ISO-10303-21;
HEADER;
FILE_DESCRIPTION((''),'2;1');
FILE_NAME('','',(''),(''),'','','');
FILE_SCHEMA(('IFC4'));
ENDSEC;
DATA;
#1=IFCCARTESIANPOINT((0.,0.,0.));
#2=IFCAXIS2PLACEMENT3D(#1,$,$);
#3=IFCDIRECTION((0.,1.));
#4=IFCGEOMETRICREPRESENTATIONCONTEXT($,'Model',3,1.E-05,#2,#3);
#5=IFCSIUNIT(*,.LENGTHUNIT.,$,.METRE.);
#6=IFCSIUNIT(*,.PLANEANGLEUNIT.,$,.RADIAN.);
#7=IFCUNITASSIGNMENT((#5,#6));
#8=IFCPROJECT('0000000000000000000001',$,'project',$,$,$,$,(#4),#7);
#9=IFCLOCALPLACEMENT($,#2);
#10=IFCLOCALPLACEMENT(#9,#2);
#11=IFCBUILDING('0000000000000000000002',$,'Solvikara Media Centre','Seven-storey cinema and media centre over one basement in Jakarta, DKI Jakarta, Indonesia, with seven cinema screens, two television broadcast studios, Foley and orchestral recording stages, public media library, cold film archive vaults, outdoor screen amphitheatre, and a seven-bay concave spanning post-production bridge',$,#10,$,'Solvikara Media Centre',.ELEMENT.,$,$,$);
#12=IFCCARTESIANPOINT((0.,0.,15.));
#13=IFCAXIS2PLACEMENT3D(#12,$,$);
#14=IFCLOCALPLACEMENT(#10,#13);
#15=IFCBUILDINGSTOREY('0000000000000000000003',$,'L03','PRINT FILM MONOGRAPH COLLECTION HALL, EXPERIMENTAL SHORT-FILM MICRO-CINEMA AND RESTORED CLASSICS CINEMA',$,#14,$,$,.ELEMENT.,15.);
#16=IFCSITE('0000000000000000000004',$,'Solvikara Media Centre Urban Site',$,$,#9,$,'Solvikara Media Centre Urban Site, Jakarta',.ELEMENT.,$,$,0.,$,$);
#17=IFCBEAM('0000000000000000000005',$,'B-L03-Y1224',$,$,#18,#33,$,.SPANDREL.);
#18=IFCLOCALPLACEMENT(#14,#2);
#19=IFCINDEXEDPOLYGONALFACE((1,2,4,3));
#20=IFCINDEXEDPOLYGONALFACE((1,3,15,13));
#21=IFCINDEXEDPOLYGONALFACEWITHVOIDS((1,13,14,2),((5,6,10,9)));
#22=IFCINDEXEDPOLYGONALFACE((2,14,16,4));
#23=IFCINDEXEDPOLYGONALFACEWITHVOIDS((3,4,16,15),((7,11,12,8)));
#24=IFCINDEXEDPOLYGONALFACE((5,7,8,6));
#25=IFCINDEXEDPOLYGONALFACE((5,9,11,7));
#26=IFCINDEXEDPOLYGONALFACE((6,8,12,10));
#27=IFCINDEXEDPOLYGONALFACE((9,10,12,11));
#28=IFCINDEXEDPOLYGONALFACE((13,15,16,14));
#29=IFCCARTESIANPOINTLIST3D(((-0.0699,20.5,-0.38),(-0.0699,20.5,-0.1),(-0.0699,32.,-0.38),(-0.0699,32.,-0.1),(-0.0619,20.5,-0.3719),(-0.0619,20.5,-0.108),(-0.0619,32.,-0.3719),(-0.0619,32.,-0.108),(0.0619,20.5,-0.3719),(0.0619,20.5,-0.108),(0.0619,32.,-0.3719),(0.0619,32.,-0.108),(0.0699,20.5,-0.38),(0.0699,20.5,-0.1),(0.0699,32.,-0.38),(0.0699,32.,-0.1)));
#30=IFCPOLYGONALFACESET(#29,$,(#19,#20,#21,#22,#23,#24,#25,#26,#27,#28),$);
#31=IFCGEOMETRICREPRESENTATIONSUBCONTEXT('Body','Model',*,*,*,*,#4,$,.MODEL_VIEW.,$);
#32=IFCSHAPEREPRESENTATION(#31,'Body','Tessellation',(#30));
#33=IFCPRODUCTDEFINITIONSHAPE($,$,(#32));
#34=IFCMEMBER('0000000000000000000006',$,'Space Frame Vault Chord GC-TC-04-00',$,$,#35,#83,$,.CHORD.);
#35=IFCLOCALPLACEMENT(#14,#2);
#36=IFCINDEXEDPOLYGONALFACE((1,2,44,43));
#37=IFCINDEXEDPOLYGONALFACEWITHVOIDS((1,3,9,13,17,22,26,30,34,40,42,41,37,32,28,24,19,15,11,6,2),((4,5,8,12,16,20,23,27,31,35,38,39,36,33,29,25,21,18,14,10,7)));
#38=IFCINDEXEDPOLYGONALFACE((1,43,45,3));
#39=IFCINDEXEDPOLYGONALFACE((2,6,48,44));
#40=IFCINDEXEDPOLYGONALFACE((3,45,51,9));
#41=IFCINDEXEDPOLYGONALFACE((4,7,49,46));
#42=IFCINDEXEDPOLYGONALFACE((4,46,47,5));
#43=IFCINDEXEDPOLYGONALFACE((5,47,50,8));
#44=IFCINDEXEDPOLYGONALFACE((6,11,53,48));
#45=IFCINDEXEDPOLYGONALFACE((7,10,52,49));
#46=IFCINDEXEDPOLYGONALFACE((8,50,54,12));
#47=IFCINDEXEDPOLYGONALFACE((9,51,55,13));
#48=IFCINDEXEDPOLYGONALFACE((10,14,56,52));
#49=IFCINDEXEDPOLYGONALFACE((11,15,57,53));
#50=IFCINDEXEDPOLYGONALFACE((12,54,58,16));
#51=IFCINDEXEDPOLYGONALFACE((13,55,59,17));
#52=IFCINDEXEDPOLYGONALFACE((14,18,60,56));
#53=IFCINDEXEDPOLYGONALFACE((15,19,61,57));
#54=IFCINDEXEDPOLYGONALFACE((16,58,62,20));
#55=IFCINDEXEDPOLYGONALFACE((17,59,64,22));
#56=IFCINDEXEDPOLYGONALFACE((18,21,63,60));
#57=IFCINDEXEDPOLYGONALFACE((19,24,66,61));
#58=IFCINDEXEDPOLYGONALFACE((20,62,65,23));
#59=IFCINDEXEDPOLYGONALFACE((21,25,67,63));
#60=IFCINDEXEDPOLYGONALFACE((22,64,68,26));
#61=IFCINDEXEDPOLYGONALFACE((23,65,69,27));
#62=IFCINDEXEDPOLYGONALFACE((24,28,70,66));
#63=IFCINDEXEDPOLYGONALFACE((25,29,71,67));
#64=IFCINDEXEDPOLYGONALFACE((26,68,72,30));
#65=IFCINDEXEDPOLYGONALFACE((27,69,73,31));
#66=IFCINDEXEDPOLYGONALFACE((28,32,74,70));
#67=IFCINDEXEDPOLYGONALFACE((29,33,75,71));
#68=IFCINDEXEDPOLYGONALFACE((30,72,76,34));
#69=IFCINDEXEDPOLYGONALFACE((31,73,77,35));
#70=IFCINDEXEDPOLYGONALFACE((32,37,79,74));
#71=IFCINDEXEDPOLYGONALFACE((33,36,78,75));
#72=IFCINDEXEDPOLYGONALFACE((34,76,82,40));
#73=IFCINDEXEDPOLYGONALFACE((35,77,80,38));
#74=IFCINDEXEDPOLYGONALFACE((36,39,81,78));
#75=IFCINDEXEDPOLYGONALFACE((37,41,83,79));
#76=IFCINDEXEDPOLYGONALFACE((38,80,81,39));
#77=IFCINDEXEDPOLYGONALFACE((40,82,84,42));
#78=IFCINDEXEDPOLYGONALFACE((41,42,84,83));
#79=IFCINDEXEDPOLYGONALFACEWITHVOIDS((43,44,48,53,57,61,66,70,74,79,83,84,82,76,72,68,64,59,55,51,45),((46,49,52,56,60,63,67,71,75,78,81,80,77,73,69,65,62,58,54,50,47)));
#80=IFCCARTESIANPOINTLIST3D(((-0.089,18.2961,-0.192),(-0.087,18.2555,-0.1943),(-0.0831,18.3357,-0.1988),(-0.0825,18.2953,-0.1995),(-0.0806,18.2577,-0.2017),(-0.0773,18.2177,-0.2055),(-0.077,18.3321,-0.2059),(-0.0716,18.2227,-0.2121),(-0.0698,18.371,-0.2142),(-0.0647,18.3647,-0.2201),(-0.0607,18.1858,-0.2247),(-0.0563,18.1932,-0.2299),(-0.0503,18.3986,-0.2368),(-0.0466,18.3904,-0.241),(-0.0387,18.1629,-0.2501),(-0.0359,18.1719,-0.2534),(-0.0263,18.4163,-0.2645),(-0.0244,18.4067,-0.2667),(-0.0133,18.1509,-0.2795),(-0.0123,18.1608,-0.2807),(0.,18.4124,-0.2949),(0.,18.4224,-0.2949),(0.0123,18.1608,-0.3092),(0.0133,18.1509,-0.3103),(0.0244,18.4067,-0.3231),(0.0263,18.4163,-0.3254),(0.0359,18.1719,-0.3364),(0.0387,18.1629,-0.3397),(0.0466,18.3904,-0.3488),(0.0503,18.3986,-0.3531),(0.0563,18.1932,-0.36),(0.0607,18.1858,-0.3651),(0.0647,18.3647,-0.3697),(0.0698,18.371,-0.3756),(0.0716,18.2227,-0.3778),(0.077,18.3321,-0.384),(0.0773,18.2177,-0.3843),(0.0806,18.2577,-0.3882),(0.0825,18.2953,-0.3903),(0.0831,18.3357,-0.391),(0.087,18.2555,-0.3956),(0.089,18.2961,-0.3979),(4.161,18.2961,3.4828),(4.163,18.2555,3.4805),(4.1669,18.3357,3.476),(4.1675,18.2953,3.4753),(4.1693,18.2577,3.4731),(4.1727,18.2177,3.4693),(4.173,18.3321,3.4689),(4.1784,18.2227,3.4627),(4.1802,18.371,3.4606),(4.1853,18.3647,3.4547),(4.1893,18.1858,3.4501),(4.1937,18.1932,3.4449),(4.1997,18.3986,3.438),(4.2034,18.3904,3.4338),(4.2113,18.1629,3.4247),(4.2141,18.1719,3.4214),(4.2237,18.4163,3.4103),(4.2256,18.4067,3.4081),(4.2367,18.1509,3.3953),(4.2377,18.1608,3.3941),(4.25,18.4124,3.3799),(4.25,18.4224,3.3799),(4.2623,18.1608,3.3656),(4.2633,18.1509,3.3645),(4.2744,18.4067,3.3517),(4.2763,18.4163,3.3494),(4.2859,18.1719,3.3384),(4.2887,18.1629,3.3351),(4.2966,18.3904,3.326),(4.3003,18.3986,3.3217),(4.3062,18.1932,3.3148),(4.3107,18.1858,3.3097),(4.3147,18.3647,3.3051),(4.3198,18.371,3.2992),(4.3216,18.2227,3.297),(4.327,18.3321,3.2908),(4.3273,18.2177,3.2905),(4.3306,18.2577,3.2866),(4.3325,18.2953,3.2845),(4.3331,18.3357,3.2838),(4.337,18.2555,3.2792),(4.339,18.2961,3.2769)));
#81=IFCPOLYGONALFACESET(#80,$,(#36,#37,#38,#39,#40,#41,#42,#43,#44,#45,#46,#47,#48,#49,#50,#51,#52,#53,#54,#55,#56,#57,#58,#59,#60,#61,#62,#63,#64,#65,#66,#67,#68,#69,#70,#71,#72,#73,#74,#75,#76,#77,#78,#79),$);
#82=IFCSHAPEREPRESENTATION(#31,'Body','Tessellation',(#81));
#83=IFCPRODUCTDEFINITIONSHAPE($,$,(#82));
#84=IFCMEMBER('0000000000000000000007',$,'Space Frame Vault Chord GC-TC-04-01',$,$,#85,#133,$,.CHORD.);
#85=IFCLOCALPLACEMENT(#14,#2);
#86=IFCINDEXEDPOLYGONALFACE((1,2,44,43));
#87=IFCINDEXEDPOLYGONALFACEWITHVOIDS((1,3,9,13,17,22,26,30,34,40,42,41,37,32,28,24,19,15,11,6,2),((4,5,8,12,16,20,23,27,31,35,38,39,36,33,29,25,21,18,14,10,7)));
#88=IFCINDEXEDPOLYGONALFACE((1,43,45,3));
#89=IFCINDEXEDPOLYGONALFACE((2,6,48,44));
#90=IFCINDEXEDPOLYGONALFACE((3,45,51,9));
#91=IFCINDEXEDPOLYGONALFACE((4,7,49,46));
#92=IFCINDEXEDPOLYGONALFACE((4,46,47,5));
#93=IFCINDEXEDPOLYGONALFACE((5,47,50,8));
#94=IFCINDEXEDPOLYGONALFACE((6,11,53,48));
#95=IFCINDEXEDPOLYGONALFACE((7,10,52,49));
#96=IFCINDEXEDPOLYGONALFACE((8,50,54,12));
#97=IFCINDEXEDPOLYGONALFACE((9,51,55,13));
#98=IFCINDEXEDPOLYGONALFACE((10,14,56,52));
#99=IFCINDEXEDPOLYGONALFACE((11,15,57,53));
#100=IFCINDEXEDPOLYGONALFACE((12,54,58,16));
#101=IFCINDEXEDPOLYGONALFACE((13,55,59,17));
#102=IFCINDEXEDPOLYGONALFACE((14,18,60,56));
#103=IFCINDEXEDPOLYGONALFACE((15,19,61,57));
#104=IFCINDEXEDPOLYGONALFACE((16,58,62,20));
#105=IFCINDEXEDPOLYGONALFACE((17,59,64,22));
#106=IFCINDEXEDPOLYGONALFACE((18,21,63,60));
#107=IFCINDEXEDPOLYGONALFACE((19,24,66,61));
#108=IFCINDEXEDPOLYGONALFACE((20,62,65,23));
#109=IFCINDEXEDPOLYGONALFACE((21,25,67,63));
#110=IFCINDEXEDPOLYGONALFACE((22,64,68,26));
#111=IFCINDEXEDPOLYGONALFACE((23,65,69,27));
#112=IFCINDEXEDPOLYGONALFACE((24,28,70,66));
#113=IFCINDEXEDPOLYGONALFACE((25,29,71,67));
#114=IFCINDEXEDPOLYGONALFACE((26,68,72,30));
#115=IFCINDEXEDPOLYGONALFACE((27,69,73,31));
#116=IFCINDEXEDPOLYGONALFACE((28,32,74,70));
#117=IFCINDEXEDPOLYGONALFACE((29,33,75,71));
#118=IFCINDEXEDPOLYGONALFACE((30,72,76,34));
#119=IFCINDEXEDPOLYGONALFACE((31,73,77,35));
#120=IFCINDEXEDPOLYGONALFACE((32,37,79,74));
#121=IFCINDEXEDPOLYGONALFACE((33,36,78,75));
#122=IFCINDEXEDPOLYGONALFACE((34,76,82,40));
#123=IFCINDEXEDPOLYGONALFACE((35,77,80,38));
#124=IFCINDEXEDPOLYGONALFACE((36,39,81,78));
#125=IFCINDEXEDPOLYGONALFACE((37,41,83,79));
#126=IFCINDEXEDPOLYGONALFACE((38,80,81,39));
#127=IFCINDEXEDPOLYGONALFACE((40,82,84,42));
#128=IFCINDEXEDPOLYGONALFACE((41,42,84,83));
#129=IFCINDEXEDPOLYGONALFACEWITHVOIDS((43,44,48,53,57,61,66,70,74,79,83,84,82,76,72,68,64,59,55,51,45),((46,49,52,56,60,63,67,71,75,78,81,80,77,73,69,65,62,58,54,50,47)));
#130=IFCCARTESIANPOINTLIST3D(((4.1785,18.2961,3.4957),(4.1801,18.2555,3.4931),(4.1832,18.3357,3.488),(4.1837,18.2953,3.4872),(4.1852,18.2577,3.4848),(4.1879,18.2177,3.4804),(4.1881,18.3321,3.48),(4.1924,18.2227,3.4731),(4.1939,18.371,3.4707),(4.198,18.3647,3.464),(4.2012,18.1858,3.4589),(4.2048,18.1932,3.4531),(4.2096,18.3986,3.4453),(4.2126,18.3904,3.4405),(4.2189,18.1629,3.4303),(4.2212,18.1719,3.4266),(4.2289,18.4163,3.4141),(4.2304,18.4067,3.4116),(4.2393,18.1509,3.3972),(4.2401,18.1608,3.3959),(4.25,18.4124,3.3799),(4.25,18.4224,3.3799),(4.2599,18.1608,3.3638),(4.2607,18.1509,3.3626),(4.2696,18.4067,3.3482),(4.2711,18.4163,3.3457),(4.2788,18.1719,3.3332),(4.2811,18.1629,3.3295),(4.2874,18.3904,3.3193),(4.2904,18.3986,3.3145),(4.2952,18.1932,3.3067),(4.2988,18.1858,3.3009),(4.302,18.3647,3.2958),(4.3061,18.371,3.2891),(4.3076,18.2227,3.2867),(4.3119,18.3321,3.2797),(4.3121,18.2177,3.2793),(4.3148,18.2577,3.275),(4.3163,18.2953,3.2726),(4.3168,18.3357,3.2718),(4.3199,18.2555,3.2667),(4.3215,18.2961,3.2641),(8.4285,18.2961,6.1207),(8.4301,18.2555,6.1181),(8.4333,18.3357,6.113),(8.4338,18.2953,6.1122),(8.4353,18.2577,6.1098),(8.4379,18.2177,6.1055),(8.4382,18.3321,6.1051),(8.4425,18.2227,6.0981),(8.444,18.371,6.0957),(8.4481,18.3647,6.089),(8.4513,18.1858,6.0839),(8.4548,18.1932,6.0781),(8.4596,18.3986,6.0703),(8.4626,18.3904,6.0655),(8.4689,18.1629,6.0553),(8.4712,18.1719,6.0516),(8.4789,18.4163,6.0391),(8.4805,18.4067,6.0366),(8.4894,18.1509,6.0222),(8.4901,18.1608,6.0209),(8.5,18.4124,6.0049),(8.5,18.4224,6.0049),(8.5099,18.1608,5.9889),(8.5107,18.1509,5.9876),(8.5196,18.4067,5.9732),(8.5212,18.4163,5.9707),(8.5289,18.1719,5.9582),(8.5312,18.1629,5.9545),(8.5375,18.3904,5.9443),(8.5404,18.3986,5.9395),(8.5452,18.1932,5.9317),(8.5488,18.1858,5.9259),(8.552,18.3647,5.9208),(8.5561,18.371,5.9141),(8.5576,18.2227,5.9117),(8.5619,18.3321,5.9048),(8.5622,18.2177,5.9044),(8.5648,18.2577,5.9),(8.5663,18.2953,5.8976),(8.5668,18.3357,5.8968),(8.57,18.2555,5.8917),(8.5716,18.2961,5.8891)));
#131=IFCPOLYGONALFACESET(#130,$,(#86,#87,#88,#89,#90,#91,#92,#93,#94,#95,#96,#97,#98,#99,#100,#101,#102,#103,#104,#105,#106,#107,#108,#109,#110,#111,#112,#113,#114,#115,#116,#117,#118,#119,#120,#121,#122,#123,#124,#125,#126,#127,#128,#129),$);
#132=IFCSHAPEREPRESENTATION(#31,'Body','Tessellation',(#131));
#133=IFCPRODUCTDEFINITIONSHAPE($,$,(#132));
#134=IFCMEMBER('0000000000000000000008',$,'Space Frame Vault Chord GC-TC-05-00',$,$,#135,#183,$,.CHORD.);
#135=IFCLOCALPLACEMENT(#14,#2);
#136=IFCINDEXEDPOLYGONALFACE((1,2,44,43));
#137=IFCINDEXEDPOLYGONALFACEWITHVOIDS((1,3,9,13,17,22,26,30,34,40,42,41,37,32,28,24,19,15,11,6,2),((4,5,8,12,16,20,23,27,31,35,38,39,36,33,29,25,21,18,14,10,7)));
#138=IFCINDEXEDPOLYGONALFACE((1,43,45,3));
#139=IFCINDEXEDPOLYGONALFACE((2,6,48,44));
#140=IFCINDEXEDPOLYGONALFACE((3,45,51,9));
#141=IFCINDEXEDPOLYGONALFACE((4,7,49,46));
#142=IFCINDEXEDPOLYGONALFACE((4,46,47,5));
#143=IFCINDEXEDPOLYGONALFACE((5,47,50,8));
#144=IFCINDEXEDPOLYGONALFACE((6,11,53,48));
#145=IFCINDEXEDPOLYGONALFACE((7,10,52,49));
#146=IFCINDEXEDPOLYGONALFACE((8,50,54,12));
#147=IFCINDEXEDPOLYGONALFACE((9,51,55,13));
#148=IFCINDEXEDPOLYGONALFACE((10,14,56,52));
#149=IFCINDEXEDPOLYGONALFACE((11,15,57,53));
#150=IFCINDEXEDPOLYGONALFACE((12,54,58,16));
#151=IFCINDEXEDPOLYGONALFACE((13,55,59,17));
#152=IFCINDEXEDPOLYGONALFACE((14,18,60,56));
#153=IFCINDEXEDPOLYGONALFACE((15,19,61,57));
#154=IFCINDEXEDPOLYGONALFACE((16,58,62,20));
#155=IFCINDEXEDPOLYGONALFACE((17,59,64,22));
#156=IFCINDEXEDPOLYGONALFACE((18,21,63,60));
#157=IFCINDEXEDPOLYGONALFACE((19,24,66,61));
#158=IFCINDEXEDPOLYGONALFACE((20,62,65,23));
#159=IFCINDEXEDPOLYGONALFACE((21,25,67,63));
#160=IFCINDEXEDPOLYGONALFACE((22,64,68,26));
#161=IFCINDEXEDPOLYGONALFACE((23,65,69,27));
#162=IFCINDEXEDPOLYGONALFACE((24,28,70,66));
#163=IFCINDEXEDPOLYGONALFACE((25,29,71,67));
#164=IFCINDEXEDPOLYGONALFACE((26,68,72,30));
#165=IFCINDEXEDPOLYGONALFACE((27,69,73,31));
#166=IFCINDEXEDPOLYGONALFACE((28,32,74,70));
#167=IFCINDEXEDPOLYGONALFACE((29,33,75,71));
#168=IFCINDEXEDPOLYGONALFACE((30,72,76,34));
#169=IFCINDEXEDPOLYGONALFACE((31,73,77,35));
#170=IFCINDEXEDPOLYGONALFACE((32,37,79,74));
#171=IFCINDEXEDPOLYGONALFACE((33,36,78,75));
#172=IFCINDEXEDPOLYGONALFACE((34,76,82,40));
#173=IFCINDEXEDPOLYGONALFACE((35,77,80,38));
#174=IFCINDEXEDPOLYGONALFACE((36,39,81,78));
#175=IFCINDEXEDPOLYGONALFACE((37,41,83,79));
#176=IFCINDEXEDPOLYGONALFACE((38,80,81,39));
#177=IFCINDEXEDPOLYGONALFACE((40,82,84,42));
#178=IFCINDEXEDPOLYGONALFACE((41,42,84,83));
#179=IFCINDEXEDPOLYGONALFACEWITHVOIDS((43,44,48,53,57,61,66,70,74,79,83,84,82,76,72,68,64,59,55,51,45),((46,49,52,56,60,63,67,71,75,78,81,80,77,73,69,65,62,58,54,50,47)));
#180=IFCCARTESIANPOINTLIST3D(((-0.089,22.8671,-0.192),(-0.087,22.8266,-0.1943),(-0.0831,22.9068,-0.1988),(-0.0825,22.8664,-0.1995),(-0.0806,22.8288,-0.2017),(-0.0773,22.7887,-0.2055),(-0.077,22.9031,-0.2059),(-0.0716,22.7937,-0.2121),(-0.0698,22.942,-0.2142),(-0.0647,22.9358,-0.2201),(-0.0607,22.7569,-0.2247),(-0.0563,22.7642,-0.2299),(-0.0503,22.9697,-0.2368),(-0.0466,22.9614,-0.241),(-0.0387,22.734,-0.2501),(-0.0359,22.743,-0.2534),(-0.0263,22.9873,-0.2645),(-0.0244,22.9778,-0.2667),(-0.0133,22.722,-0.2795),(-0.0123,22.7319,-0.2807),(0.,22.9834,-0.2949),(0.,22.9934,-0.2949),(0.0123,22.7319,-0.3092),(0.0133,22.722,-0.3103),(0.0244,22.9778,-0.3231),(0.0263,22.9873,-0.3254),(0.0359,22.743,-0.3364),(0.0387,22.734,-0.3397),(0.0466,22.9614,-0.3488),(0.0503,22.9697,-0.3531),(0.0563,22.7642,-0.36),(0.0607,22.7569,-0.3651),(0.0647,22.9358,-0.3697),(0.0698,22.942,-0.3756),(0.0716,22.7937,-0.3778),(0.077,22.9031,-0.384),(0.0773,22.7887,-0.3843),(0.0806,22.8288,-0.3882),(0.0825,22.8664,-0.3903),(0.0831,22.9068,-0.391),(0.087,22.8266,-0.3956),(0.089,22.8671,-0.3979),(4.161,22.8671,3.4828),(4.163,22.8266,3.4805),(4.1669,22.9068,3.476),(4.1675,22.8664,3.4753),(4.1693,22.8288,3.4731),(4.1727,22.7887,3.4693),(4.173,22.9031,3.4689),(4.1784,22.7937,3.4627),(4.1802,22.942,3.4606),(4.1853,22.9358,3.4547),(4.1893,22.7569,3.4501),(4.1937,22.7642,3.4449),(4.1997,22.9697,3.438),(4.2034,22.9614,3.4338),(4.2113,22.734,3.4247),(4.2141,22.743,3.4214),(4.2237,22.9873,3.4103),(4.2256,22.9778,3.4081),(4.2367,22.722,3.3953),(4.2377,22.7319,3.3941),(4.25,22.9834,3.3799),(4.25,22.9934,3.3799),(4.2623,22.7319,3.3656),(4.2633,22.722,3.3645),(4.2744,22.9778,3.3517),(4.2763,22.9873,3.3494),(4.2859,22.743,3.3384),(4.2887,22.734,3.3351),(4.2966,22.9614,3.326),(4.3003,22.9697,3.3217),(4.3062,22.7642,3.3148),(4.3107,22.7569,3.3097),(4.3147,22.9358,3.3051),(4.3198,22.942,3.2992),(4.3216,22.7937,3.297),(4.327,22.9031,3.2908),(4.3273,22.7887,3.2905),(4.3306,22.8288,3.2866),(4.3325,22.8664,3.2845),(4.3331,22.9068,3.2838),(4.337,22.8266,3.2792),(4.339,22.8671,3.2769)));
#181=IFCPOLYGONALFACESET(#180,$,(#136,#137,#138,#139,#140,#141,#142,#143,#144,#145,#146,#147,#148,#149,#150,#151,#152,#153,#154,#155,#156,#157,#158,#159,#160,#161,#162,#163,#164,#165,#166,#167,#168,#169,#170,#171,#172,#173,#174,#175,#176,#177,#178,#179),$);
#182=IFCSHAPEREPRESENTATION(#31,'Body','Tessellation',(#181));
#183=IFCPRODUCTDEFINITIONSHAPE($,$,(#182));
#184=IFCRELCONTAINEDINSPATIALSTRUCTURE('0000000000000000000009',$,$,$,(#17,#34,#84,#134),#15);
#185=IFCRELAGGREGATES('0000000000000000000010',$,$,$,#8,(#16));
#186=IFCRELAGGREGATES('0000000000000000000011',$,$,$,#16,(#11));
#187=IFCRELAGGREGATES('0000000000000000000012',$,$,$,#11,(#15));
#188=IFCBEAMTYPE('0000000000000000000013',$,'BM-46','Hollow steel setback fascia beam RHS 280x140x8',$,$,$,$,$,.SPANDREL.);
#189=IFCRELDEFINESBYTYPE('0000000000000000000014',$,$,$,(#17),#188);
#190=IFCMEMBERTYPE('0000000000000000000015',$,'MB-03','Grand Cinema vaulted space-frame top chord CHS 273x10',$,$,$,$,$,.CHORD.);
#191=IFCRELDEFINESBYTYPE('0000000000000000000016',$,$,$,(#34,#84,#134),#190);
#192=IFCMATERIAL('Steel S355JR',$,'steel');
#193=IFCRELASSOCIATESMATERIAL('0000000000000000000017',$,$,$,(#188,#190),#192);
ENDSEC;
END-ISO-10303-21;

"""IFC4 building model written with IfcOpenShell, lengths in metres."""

from ifc_helpers import new_model, si_unit, direction, frame, origin, origin_2d, place, context, subcontext, project, spatial, hollow_rectangle, hollow_circle, extrude, material, material_profile, profile_set, type_object, element, save


model = new_model("IFC4")

# Units and contexts
model_context = context("Model", 3, precision=1e-05, world=origin(), true_north=direction((0.0, 1.0)))
body_context = subcontext(model_context, "Body", "Model", "MODEL_VIEW")
ifc_project = project(units=[si_unit("LENGTHUNIT", "METRE"), si_unit("PLANEANGLEUNIT", "RADIAN")], contexts=[model_context])

# Site, building, storey
site_placement = place(None, origin())
site = spatial("IfcSite", under=ifc_project, at=site_placement, Name="Solvikara Media Centre Urban Site", LongName="Solvikara Media Centre Urban Site, Jakarta", CompositionType="ELEMENT", RefElevation=0.0)
building_placement = place(site_placement, origin())
building = spatial("IfcBuilding", under=site, at=building_placement, Name="Solvikara Media Centre", Description="Seven-storey cinema and media centre over one basement in Jakarta, DKI Jakarta, Indonesia, with seven cinema screens, two television broadcast studios, Foley and orchestral recording stages, public media library, cold film archive vaults, outdoor screen amphitheatre, and a seven-bay concave spanning post-production bridge", LongName="Solvikara Media Centre", CompositionType="ELEMENT")
storey_placement = place(building_placement, frame((0.0, 0.0, 15.0)))
storey = spatial("IfcBuildingStorey", under=building, at=storey_placement, Name="L03", Description="PRINT FILM MONOGRAPH COLLECTION HALL, EXPERIMENTAL SHORT-FILM MICRO-CINEMA AND RESTORED CLASSICS CINEMA", CompositionType="ELEMENT", Elevation=15.0)

# Beam
ifc_material_1 = material(Name="Steel S355JR", Category="steel")
ifc_material_profile_1 = material_profile(ifc_material_1, hollow_rectangle(XDim=0.1399, YDim=0.28, WallThickness=0.0081, at=origin_2d()), Name="RHS 280x140x8")
ifc_profile_set_1 = profile_set([ifc_material_profile_1], Name="Steel S355JR")
beam_type = type_object("IfcBeamType", Name="BM-46", Description="Hollow steel setback fascia beam RHS 280x140x8", PredefinedType="SPANDREL", material=ifc_profile_set_1)
beam_placement = place(storey_placement, frame((0.0, 20.5, -0.24), z_axis=(0.0, 1.0, 0.0), x_axis=(-1.0, 0.0, 0.0)))
element("IfcBeam", 1, at=beam_placement, inside=storey, type_object=beam_type, Name="B-L03-Y1224", PredefinedType="SPANDREL", context=body_context, shape_type="SweptSolid", body=[
    extrude(hollow_rectangle(XDim=0.1399, YDim=0.28, WallThickness=0.0081, at=origin_2d()), origin(), (0.0, 0.0, 1.0), 11.5),
])

# Members
ifc_material_profile_2 = material_profile(ifc_material_1, hollow_circle(Radius=0.1365, WallThickness=0.01, at=origin_2d()), Name="CHS 273x10")
ifc_profile_set_2 = profile_set([ifc_material_profile_2], Name="Steel S355JR")
member_type_1 = type_object("IfcMemberType", Name="MB-03", Description="Grand Cinema vaulted space-frame top chord CHS 273x10", PredefinedType="CHORD", material=ifc_profile_set_2)
member_1_placement = place(storey_placement, frame((0.0, 18.2859, -0.2949), z_axis=(0.75644, 0.0, 0.654063), x_axis=(0.0, 1.0, 0.0)))
element("IfcMember", 2, at=member_1_placement, inside=storey, type_object=member_type_1, Name="Space Frame Vault Chord GC-TC-04-00", PredefinedType="CHORD", context=body_context, shape_type="SweptSolid", body=[
    extrude(hollow_circle(Radius=0.1365, WallThickness=0.01, at=origin_2d()), origin(), (0.0, 0.0, 1.0), 5.6184),
])
member_2_placement = place(storey_placement, frame((4.25, 18.2859, 3.3799), z_axis=(0.850798, 0.0, 0.525493), x_axis=(0.0, 1.0, 0.0)))
element("IfcMember", 3, at=member_2_placement, inside=storey, type_object=member_type_1, Name="Space Frame Vault Chord GC-TC-04-01", PredefinedType="CHORD", context=body_context, shape_type="SweptSolid", body=[
    extrude(hollow_circle(Radius=0.1365, WallThickness=0.01, at=origin_2d()), origin(), (0.0, 0.0, 1.0), 4.9954),
])
member_3_placement = place(storey_placement, frame((0.0, 22.8569, -0.2949), z_axis=(0.75644, 0.0, 0.654063), x_axis=(0.0, 1.0, 0.0)))
element("IfcMember", 4, at=member_3_placement, inside=storey, type_object=member_type_1, Name="Space Frame Vault Chord GC-TC-05-00", PredefinedType="CHORD", context=body_context, shape_type="SweptSolid", body=[
    extrude(hollow_circle(Radius=0.1365, WallThickness=0.01, at=origin_2d()), origin(), (0.0, 0.0, 1.0), 5.6184),
])

save(model, "model.ifc")
